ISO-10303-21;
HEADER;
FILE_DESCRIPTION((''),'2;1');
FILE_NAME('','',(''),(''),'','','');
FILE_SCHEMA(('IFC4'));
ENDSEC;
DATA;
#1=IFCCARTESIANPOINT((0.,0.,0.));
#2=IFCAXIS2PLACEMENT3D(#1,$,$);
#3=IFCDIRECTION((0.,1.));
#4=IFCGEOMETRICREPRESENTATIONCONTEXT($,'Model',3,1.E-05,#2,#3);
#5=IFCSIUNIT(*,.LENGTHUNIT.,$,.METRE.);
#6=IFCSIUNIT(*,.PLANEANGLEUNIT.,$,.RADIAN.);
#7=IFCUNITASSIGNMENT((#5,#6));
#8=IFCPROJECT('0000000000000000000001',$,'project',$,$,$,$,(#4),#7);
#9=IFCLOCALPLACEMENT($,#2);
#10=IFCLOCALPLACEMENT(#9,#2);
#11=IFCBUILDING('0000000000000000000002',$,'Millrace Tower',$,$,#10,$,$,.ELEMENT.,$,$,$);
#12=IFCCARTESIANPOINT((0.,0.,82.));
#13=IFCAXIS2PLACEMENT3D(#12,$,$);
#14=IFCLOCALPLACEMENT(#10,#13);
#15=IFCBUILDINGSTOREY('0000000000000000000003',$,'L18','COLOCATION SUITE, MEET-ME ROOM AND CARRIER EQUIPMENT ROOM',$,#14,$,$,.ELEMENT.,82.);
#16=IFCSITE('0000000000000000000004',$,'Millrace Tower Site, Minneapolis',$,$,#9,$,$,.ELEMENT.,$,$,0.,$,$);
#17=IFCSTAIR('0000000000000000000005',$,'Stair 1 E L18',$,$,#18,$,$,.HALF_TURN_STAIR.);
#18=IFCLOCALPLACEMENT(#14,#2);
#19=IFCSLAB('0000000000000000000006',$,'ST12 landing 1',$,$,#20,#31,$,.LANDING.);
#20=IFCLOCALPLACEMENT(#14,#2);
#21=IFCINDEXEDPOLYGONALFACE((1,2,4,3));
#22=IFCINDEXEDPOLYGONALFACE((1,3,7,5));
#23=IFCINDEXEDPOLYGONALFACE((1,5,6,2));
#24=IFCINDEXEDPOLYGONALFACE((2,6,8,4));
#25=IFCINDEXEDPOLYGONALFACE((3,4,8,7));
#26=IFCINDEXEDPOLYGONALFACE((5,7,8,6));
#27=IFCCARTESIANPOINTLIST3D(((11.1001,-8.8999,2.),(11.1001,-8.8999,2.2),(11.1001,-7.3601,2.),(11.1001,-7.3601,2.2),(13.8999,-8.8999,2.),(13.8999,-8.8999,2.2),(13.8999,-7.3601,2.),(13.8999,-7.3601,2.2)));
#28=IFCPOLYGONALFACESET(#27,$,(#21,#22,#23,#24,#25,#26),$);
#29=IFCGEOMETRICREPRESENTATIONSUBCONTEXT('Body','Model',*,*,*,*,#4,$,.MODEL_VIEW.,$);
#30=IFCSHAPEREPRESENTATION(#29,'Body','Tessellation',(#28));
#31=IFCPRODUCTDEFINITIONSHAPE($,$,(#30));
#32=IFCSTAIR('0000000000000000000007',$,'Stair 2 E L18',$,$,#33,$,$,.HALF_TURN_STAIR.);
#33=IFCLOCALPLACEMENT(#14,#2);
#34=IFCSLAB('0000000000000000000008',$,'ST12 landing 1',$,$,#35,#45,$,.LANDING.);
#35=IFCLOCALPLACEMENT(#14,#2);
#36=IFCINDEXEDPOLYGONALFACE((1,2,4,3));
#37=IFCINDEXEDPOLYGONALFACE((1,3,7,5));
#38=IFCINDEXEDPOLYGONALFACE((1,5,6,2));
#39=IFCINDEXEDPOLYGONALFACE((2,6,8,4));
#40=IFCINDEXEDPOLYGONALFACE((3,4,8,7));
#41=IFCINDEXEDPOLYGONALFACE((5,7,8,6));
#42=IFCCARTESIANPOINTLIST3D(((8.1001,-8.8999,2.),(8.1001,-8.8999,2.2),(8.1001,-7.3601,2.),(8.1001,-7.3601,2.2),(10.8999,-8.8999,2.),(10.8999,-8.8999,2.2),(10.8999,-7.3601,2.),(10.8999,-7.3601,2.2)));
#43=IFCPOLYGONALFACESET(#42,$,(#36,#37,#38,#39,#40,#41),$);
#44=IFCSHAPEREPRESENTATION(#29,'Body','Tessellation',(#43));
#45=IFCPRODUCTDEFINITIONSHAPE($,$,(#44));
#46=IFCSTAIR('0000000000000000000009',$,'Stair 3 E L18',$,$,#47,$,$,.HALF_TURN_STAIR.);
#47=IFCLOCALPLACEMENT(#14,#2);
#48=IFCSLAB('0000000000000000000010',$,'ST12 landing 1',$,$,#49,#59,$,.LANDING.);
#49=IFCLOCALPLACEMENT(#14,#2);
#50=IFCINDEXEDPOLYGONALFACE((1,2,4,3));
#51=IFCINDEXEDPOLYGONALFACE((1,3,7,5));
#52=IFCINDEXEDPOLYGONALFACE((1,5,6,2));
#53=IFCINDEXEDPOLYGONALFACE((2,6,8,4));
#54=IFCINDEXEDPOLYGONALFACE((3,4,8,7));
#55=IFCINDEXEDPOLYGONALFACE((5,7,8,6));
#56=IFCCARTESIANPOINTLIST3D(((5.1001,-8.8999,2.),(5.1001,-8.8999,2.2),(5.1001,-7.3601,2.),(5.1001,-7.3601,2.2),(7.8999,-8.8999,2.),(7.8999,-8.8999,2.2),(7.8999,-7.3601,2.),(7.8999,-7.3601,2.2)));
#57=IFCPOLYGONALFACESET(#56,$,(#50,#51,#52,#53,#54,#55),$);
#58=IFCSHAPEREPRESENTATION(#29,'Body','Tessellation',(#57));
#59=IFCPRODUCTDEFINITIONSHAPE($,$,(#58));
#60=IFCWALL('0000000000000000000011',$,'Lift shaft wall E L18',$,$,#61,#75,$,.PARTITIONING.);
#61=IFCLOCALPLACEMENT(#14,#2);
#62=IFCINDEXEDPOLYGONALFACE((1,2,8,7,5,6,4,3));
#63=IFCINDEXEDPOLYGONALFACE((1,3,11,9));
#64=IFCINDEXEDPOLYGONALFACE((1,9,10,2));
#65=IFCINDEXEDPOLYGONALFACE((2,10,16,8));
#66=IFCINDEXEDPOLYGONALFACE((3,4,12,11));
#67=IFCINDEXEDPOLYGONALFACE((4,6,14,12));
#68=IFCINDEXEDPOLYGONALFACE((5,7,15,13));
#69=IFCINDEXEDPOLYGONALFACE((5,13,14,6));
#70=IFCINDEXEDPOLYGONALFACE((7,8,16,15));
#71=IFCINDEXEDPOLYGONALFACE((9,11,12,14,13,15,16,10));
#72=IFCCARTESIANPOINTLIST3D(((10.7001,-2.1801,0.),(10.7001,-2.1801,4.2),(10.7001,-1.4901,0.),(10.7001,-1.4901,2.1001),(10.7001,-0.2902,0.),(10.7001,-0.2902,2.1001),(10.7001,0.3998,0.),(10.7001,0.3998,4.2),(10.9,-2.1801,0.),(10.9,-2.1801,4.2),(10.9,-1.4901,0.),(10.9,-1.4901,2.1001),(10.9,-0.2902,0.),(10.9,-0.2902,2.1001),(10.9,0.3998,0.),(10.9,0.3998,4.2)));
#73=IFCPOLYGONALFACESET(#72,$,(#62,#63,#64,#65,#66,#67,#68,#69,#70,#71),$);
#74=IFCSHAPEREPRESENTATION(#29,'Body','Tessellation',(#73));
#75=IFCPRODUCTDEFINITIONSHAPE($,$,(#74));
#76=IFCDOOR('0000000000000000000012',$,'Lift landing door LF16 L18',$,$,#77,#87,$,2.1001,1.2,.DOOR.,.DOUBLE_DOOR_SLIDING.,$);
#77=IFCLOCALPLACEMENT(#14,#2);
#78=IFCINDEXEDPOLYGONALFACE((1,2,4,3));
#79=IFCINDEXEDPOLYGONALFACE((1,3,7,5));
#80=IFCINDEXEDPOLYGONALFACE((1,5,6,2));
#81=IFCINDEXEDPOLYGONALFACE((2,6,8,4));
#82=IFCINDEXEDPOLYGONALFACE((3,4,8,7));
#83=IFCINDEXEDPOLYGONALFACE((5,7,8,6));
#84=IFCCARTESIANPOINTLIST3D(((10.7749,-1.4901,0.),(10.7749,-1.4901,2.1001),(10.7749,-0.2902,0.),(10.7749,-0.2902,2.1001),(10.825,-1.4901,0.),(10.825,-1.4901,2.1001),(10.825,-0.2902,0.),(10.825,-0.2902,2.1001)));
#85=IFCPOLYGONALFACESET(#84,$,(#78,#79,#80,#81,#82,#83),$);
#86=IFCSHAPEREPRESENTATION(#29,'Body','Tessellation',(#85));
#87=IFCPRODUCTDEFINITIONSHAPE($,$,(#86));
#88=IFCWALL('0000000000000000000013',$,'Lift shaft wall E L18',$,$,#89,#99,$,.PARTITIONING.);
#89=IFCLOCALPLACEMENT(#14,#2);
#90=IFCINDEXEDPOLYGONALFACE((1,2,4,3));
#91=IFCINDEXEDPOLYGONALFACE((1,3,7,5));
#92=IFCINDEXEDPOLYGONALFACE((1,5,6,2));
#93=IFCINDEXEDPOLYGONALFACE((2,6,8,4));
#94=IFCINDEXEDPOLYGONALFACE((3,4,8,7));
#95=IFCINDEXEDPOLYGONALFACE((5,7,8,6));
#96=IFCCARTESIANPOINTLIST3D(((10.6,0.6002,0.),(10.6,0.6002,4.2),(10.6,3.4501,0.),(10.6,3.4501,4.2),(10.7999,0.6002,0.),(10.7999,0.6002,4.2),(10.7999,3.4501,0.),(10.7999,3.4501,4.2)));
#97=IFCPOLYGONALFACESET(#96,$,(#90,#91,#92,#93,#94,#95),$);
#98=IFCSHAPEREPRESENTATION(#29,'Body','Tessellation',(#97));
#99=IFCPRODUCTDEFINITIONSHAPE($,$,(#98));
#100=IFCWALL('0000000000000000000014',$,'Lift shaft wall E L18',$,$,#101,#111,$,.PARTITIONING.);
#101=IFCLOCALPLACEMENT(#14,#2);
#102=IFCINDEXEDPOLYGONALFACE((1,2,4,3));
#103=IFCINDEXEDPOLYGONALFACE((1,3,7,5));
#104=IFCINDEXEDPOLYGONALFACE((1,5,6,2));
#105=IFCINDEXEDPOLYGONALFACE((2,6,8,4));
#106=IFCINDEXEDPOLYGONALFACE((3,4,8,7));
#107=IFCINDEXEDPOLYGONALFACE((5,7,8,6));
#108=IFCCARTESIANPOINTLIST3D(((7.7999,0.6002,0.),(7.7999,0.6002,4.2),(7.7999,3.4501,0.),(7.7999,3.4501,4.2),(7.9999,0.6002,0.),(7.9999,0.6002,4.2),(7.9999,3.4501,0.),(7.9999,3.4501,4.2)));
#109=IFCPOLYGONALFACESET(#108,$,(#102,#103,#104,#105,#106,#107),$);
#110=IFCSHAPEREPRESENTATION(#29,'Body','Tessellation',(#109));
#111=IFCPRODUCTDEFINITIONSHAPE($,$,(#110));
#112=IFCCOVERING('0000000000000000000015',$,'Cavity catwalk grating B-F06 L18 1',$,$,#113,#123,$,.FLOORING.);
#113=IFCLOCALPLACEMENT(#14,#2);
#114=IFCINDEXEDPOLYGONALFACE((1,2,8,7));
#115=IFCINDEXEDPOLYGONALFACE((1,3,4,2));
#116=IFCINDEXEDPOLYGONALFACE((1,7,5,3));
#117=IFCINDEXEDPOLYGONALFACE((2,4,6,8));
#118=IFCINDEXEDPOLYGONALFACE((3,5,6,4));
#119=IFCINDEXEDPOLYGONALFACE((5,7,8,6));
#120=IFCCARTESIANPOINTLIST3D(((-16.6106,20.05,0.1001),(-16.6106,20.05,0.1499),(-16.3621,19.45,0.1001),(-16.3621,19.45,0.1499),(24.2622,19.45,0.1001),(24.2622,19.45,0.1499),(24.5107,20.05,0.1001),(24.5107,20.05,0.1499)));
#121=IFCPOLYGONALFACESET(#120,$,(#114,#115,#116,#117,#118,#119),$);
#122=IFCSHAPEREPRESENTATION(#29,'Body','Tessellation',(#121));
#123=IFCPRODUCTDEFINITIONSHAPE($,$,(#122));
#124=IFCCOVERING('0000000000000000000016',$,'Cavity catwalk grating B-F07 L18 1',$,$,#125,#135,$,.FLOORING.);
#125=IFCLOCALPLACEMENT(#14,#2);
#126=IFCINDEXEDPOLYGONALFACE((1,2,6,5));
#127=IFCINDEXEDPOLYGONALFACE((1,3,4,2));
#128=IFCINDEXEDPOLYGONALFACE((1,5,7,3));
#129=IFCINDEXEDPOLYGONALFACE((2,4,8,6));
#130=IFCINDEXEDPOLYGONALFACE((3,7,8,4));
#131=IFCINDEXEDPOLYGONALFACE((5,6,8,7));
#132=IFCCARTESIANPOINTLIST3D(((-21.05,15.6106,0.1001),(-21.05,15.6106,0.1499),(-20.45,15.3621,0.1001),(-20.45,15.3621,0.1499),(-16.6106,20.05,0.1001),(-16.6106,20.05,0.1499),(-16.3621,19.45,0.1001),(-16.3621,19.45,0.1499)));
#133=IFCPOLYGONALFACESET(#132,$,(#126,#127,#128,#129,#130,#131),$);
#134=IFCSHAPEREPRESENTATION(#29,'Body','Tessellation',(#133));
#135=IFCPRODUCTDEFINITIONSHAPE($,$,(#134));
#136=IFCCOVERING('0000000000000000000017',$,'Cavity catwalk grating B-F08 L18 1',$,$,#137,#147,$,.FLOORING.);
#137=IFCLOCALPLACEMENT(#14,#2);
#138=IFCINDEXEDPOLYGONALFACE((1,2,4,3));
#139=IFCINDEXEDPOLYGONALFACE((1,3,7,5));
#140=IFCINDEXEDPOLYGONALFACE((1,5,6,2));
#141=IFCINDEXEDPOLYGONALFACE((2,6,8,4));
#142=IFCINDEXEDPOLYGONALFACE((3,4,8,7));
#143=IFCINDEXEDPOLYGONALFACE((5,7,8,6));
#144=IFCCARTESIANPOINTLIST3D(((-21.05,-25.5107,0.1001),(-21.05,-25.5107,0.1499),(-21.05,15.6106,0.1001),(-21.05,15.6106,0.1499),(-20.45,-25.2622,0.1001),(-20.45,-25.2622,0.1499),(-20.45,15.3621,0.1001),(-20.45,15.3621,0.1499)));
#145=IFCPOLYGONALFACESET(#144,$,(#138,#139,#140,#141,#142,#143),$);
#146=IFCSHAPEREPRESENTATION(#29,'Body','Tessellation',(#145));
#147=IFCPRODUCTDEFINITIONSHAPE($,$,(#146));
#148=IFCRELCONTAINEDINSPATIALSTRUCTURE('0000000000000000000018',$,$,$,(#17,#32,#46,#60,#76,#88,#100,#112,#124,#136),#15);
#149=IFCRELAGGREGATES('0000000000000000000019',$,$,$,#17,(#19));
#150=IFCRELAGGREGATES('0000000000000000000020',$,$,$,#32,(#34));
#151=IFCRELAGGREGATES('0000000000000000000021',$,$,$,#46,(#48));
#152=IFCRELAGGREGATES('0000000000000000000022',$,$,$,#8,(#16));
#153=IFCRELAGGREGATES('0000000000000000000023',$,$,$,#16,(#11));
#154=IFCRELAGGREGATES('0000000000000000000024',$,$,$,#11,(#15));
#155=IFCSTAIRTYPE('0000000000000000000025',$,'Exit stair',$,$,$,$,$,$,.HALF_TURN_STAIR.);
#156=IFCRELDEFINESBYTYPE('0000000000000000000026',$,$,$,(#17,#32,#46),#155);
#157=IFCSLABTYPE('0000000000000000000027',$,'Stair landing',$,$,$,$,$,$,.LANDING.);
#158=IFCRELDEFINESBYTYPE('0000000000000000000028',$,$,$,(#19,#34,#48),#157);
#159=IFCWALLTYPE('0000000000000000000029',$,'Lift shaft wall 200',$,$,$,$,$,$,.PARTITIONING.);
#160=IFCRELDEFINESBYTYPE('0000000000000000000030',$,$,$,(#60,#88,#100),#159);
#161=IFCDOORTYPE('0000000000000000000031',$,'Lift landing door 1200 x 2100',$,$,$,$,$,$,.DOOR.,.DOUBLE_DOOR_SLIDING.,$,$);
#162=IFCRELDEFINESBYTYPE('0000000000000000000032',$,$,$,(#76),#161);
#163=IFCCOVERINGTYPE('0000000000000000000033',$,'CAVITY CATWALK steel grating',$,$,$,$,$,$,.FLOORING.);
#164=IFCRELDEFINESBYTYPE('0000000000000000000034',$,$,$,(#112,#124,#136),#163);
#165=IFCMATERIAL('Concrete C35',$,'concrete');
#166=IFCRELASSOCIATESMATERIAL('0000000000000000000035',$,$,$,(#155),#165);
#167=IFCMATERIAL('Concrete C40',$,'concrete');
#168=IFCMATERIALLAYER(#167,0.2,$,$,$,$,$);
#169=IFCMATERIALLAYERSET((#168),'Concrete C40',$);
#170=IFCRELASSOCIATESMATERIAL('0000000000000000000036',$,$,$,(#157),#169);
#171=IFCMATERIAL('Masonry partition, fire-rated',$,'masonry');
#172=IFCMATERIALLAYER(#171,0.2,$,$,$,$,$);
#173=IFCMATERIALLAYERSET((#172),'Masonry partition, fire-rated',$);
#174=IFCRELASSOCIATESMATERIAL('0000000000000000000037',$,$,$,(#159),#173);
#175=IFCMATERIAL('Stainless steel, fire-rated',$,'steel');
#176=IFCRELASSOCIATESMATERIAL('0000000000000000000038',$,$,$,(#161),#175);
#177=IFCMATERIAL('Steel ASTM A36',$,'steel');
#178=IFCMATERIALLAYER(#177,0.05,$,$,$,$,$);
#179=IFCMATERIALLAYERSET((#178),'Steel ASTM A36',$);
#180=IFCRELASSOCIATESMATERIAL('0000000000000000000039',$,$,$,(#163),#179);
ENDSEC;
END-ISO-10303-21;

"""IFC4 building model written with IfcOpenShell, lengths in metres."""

from ifc_helpers import new_model, si_unit, direction, frame, frame_2d, origin, place, context, subcontext, project, spatial, polyline, rectangle, outline, extrude, material, layer, layer_set, type_object, element, fill, aggregate, save


model = new_model("IFC4")

# Units and contexts
model_context = context("Model", 3, precision=1e-05, world=origin(), true_north=direction((0.0, 1.0)))
body_context = subcontext(model_context, "Body", "Model", "MODEL_VIEW")
ifc_project = project(units=[si_unit("LENGTHUNIT", "METRE"), si_unit("PLANEANGLEUNIT", "RADIAN")], contexts=[model_context])

# Site, building, storey
site_placement = place(None, origin())
site = spatial("IfcSite", under=ifc_project, at=site_placement, Name="Millrace Tower Site, Minneapolis", CompositionType="ELEMENT", RefElevation=0.0)
building_placement = place(site_placement, origin())
building = spatial("IfcBuilding", under=site, at=building_placement, Name="Millrace Tower", CompositionType="ELEMENT")
storey_placement = place(building_placement, frame((0.0, 0.0, 82.0)))
storey = spatial("IfcBuildingStorey", under=building, at=storey_placement, Name="L18", Description="COLOCATION SUITE, MEET-ME ROOM AND CARRIER EQUIPMENT ROOM", CompositionType="ELEMENT", Elevation=82.0)

# Shared definitions
placement_1 = place(storey_placement, origin())

# Stairs, slabs
ifc_material_1 = material(Name="Concrete C35", Category="concrete")
stair_type = type_object("IfcStairType", Name="Exit stair", PredefinedType="HALF_TURN_STAIR", material=ifc_material_1)
ifc_material_2 = material(Name="Concrete C40", Category="concrete")
ifc_layer_1 = layer(ifc_material_2, 0.2)
ifc_layer_set_1 = layer_set([ifc_layer_1], Name="Concrete C40")
slab_type = type_object("IfcSlabType", Name="Stair landing", PredefinedType="LANDING", material=ifc_layer_set_1)
placement_2 = place(storey_placement, frame((0.0, 0.0, 2.0)))
stair_1 = element("IfcStair", 1, at=placement_1, inside=storey, type_object=stair_type, Name="Stair 1 E L18", PredefinedType="HALF_TURN_STAIR")
slab_1 = element("IfcSlab", 2, at=placement_2, type_object=slab_type, Name="ST12 landing 1", PredefinedType="LANDING", context=body_context, shape_type="SweptSolid", body=[
    extrude(outline(polyline([(11.1001, -8.8999), (13.8999, -8.8999), (13.8999, -7.3601), (11.1001, -7.3601), (11.1001, -8.8999)])), origin(), (0.0, 0.0, 1.0), 0.2),
])
aggregate(stair_1, [slab_1])
stair_2 = element("IfcStair", 3, at=placement_1, inside=storey, type_object=stair_type, Name="Stair 2 E L18", PredefinedType="HALF_TURN_STAIR")
slab_2 = element("IfcSlab", 4, at=placement_2, type_object=slab_type, Name="ST12 landing 1", PredefinedType="LANDING", context=body_context, shape_type="SweptSolid", body=[
    extrude(outline(polyline([(8.1001, -8.8999), (10.8999, -8.8999), (10.8999, -7.3601), (8.1001, -7.3601), (8.1001, -8.8999)])), origin(), (0.0, 0.0, 1.0), 0.2),
])
aggregate(stair_2, [slab_2])
stair_3 = element("IfcStair", 5, at=placement_1, inside=storey, type_object=stair_type, Name="Stair 3 E L18", PredefinedType="HALF_TURN_STAIR")
slab_3 = element("IfcSlab", 6, at=placement_2, type_object=slab_type, Name="ST12 landing 1", PredefinedType="LANDING", context=body_context, shape_type="SweptSolid", body=[
    extrude(outline(polyline([(5.1001, -8.8999), (7.8999, -8.8999), (7.8999, -7.3601), (5.1001, -7.3601), (5.1001, -8.8999)])), origin(), (0.0, 0.0, 1.0), 0.2),
])
aggregate(stair_3, [slab_3])

# Wall, opening, door
ifc_material_3 = material(Name="Masonry partition, fire-rated", Category="masonry")
ifc_layer_2 = layer(ifc_material_3, 0.2)
ifc_layer_set_2 = layer_set([ifc_layer_2], Name="Masonry partition, fire-rated")
wall_type = type_object("IfcWallType", Name="Lift shaft wall 200", PredefinedType="PARTITIONING", material=ifc_layer_set_2)
wall_placement = place(storey_placement, frame((10.8, 0.3999, 0.0), z_axis=(0.0, 0.0, 1.0), x_axis=(0.0, -1.0, 0.0)))
wall = element("IfcWall", 7, at=wall_placement, inside=storey, type_object=wall_type, Name="Lift shaft wall E L18", PredefinedType="PARTITIONING", context=body_context, shape_type="SweptSolid", body=[
    extrude(rectangle(XDim=2.5798, YDim=0.2, at=frame_2d((1.29, 0.0))), origin(), (0.0, 0.0, 1.0), 4.2),
])
opening_placement = place(wall_placement, frame((0.6899, 0.0, 0.0)))
opening = element("IfcOpeningElement", 8, at=opening_placement, cuts=wall, PredefinedType="OPENING", context=body_context, shape_type="SweptSolid", body=[
    extrude(rectangle(XDim=1.2, YDim=2.1001, at=frame_2d((0.6001, 1.05))), frame((0.0, 0.1099, 0.0), z_axis=(0.0, -1.0, 0.0), x_axis=(1.0, 0.0, 0.0)), (0.0, 0.0, 1.0), 0.22),
])
ifc_material_4 = material(Name="Stainless steel, fire-rated", Category="steel")
door_type = type_object("IfcDoorType", Name="Lift landing door 1200 x 2100", OperationType="DOUBLE_DOOR_SLIDING", PredefinedType="DOOR", material=ifc_material_4)
door_placement = place(opening_placement, origin())
door = element("IfcDoor", 9, at=door_placement, inside=storey, type_object=door_type, Name="Lift landing door LF16 L18", OperationType="DOUBLE_DOOR_SLIDING", OverallHeight=2.1001, OverallWidth=1.2, PredefinedType="DOOR", context=body_context, shape_type="SweptSolid", body=[
    extrude(rectangle(XDim=1.2, YDim=2.1001, at=frame_2d((0.6001, 1.05))), frame((0.0, 0.0249, 0.0), z_axis=(0.0, -1.0, 0.0), x_axis=(1.0, 0.0, 0.0)), (0.0, 0.0, 1.0), 0.05),
])
fill(opening, door)

# Walls
for number, where, z_axis, x_axis, name in (
    (10, (10.7, 3.45, 0.0), (0.0, 0.0, 1.0), (0.0, -1.0, 0.0), "Lift shaft wall E L18"),
    (11, (7.8999, 3.45, 0.0), (0.0, 0.0, 1.0), (0.0, -1.0, 0.0), "Lift shaft wall E L18"),
):
    element("IfcWall", number, at=place(storey_placement, frame(where, z_axis=z_axis, x_axis=x_axis)), inside=storey, type_object=wall_type, Name=name, PredefinedType="PARTITIONING", context=body_context, shape_type="SweptSolid", body=[
        extrude(rectangle(XDim=2.8499, YDim=0.2, at=frame_2d((1.4248, 0.0))), origin(), (0.0, 0.0, 1.0), 4.2),
    ])

# Coverings
ifc_material_5 = material(Name="Steel ASTM A36", Category="steel")
ifc_layer_3 = layer(ifc_material_5, 0.05)
ifc_layer_set_3 = layer_set([ifc_layer_3], Name="Steel ASTM A36")
covering_type = type_object("IfcCoveringType", Name="CAVITY CATWALK steel grating", PredefinedType="FLOORING", material=ifc_layer_set_3)
placement_3 = place(storey_placement, frame((0.0, 0.0, 0.1001)))
element("IfcCovering", 12, at=placement_3, inside=storey, type_object=covering_type, Name="Cavity catwalk grating B-F06 L18 1", PredefinedType="FLOORING", context=body_context, shape_type="SweptSolid", body=[
    extrude(outline(polyline([(24.5107, 20.05), (-16.6106, 20.05), (-16.3621, 19.45), (24.2622, 19.45), (24.5107, 20.05)])), origin(), (0.0, 0.0, 1.0), 0.0498),
])
element("IfcCovering", 13, at=placement_3, inside=storey, type_object=covering_type, Name="Cavity catwalk grating B-F07 L18 1", PredefinedType="FLOORING", context=body_context, shape_type="SweptSolid", body=[
    extrude(outline(polyline([(-16.6106, 20.05), (-21.05, 15.6106), (-20.45, 15.3621), (-16.3621, 19.45), (-16.6106, 20.05)])), origin(), (0.0, 0.0, 1.0), 0.0498),
])
element("IfcCovering", 14, at=placement_3, inside=storey, type_object=covering_type, Name="Cavity catwalk grating B-F08 L18 1", PredefinedType="FLOORING", context=body_context, shape_type="SweptSolid", body=[
    extrude(outline(polyline([(-21.05, 15.6106), (-21.05, -25.5107), (-20.45, -25.2622), (-20.45, 15.3621), (-21.05, 15.6106)])), origin(), (0.0, 0.0, 1.0), 0.0498),
])

save(model, "model.ifc")
